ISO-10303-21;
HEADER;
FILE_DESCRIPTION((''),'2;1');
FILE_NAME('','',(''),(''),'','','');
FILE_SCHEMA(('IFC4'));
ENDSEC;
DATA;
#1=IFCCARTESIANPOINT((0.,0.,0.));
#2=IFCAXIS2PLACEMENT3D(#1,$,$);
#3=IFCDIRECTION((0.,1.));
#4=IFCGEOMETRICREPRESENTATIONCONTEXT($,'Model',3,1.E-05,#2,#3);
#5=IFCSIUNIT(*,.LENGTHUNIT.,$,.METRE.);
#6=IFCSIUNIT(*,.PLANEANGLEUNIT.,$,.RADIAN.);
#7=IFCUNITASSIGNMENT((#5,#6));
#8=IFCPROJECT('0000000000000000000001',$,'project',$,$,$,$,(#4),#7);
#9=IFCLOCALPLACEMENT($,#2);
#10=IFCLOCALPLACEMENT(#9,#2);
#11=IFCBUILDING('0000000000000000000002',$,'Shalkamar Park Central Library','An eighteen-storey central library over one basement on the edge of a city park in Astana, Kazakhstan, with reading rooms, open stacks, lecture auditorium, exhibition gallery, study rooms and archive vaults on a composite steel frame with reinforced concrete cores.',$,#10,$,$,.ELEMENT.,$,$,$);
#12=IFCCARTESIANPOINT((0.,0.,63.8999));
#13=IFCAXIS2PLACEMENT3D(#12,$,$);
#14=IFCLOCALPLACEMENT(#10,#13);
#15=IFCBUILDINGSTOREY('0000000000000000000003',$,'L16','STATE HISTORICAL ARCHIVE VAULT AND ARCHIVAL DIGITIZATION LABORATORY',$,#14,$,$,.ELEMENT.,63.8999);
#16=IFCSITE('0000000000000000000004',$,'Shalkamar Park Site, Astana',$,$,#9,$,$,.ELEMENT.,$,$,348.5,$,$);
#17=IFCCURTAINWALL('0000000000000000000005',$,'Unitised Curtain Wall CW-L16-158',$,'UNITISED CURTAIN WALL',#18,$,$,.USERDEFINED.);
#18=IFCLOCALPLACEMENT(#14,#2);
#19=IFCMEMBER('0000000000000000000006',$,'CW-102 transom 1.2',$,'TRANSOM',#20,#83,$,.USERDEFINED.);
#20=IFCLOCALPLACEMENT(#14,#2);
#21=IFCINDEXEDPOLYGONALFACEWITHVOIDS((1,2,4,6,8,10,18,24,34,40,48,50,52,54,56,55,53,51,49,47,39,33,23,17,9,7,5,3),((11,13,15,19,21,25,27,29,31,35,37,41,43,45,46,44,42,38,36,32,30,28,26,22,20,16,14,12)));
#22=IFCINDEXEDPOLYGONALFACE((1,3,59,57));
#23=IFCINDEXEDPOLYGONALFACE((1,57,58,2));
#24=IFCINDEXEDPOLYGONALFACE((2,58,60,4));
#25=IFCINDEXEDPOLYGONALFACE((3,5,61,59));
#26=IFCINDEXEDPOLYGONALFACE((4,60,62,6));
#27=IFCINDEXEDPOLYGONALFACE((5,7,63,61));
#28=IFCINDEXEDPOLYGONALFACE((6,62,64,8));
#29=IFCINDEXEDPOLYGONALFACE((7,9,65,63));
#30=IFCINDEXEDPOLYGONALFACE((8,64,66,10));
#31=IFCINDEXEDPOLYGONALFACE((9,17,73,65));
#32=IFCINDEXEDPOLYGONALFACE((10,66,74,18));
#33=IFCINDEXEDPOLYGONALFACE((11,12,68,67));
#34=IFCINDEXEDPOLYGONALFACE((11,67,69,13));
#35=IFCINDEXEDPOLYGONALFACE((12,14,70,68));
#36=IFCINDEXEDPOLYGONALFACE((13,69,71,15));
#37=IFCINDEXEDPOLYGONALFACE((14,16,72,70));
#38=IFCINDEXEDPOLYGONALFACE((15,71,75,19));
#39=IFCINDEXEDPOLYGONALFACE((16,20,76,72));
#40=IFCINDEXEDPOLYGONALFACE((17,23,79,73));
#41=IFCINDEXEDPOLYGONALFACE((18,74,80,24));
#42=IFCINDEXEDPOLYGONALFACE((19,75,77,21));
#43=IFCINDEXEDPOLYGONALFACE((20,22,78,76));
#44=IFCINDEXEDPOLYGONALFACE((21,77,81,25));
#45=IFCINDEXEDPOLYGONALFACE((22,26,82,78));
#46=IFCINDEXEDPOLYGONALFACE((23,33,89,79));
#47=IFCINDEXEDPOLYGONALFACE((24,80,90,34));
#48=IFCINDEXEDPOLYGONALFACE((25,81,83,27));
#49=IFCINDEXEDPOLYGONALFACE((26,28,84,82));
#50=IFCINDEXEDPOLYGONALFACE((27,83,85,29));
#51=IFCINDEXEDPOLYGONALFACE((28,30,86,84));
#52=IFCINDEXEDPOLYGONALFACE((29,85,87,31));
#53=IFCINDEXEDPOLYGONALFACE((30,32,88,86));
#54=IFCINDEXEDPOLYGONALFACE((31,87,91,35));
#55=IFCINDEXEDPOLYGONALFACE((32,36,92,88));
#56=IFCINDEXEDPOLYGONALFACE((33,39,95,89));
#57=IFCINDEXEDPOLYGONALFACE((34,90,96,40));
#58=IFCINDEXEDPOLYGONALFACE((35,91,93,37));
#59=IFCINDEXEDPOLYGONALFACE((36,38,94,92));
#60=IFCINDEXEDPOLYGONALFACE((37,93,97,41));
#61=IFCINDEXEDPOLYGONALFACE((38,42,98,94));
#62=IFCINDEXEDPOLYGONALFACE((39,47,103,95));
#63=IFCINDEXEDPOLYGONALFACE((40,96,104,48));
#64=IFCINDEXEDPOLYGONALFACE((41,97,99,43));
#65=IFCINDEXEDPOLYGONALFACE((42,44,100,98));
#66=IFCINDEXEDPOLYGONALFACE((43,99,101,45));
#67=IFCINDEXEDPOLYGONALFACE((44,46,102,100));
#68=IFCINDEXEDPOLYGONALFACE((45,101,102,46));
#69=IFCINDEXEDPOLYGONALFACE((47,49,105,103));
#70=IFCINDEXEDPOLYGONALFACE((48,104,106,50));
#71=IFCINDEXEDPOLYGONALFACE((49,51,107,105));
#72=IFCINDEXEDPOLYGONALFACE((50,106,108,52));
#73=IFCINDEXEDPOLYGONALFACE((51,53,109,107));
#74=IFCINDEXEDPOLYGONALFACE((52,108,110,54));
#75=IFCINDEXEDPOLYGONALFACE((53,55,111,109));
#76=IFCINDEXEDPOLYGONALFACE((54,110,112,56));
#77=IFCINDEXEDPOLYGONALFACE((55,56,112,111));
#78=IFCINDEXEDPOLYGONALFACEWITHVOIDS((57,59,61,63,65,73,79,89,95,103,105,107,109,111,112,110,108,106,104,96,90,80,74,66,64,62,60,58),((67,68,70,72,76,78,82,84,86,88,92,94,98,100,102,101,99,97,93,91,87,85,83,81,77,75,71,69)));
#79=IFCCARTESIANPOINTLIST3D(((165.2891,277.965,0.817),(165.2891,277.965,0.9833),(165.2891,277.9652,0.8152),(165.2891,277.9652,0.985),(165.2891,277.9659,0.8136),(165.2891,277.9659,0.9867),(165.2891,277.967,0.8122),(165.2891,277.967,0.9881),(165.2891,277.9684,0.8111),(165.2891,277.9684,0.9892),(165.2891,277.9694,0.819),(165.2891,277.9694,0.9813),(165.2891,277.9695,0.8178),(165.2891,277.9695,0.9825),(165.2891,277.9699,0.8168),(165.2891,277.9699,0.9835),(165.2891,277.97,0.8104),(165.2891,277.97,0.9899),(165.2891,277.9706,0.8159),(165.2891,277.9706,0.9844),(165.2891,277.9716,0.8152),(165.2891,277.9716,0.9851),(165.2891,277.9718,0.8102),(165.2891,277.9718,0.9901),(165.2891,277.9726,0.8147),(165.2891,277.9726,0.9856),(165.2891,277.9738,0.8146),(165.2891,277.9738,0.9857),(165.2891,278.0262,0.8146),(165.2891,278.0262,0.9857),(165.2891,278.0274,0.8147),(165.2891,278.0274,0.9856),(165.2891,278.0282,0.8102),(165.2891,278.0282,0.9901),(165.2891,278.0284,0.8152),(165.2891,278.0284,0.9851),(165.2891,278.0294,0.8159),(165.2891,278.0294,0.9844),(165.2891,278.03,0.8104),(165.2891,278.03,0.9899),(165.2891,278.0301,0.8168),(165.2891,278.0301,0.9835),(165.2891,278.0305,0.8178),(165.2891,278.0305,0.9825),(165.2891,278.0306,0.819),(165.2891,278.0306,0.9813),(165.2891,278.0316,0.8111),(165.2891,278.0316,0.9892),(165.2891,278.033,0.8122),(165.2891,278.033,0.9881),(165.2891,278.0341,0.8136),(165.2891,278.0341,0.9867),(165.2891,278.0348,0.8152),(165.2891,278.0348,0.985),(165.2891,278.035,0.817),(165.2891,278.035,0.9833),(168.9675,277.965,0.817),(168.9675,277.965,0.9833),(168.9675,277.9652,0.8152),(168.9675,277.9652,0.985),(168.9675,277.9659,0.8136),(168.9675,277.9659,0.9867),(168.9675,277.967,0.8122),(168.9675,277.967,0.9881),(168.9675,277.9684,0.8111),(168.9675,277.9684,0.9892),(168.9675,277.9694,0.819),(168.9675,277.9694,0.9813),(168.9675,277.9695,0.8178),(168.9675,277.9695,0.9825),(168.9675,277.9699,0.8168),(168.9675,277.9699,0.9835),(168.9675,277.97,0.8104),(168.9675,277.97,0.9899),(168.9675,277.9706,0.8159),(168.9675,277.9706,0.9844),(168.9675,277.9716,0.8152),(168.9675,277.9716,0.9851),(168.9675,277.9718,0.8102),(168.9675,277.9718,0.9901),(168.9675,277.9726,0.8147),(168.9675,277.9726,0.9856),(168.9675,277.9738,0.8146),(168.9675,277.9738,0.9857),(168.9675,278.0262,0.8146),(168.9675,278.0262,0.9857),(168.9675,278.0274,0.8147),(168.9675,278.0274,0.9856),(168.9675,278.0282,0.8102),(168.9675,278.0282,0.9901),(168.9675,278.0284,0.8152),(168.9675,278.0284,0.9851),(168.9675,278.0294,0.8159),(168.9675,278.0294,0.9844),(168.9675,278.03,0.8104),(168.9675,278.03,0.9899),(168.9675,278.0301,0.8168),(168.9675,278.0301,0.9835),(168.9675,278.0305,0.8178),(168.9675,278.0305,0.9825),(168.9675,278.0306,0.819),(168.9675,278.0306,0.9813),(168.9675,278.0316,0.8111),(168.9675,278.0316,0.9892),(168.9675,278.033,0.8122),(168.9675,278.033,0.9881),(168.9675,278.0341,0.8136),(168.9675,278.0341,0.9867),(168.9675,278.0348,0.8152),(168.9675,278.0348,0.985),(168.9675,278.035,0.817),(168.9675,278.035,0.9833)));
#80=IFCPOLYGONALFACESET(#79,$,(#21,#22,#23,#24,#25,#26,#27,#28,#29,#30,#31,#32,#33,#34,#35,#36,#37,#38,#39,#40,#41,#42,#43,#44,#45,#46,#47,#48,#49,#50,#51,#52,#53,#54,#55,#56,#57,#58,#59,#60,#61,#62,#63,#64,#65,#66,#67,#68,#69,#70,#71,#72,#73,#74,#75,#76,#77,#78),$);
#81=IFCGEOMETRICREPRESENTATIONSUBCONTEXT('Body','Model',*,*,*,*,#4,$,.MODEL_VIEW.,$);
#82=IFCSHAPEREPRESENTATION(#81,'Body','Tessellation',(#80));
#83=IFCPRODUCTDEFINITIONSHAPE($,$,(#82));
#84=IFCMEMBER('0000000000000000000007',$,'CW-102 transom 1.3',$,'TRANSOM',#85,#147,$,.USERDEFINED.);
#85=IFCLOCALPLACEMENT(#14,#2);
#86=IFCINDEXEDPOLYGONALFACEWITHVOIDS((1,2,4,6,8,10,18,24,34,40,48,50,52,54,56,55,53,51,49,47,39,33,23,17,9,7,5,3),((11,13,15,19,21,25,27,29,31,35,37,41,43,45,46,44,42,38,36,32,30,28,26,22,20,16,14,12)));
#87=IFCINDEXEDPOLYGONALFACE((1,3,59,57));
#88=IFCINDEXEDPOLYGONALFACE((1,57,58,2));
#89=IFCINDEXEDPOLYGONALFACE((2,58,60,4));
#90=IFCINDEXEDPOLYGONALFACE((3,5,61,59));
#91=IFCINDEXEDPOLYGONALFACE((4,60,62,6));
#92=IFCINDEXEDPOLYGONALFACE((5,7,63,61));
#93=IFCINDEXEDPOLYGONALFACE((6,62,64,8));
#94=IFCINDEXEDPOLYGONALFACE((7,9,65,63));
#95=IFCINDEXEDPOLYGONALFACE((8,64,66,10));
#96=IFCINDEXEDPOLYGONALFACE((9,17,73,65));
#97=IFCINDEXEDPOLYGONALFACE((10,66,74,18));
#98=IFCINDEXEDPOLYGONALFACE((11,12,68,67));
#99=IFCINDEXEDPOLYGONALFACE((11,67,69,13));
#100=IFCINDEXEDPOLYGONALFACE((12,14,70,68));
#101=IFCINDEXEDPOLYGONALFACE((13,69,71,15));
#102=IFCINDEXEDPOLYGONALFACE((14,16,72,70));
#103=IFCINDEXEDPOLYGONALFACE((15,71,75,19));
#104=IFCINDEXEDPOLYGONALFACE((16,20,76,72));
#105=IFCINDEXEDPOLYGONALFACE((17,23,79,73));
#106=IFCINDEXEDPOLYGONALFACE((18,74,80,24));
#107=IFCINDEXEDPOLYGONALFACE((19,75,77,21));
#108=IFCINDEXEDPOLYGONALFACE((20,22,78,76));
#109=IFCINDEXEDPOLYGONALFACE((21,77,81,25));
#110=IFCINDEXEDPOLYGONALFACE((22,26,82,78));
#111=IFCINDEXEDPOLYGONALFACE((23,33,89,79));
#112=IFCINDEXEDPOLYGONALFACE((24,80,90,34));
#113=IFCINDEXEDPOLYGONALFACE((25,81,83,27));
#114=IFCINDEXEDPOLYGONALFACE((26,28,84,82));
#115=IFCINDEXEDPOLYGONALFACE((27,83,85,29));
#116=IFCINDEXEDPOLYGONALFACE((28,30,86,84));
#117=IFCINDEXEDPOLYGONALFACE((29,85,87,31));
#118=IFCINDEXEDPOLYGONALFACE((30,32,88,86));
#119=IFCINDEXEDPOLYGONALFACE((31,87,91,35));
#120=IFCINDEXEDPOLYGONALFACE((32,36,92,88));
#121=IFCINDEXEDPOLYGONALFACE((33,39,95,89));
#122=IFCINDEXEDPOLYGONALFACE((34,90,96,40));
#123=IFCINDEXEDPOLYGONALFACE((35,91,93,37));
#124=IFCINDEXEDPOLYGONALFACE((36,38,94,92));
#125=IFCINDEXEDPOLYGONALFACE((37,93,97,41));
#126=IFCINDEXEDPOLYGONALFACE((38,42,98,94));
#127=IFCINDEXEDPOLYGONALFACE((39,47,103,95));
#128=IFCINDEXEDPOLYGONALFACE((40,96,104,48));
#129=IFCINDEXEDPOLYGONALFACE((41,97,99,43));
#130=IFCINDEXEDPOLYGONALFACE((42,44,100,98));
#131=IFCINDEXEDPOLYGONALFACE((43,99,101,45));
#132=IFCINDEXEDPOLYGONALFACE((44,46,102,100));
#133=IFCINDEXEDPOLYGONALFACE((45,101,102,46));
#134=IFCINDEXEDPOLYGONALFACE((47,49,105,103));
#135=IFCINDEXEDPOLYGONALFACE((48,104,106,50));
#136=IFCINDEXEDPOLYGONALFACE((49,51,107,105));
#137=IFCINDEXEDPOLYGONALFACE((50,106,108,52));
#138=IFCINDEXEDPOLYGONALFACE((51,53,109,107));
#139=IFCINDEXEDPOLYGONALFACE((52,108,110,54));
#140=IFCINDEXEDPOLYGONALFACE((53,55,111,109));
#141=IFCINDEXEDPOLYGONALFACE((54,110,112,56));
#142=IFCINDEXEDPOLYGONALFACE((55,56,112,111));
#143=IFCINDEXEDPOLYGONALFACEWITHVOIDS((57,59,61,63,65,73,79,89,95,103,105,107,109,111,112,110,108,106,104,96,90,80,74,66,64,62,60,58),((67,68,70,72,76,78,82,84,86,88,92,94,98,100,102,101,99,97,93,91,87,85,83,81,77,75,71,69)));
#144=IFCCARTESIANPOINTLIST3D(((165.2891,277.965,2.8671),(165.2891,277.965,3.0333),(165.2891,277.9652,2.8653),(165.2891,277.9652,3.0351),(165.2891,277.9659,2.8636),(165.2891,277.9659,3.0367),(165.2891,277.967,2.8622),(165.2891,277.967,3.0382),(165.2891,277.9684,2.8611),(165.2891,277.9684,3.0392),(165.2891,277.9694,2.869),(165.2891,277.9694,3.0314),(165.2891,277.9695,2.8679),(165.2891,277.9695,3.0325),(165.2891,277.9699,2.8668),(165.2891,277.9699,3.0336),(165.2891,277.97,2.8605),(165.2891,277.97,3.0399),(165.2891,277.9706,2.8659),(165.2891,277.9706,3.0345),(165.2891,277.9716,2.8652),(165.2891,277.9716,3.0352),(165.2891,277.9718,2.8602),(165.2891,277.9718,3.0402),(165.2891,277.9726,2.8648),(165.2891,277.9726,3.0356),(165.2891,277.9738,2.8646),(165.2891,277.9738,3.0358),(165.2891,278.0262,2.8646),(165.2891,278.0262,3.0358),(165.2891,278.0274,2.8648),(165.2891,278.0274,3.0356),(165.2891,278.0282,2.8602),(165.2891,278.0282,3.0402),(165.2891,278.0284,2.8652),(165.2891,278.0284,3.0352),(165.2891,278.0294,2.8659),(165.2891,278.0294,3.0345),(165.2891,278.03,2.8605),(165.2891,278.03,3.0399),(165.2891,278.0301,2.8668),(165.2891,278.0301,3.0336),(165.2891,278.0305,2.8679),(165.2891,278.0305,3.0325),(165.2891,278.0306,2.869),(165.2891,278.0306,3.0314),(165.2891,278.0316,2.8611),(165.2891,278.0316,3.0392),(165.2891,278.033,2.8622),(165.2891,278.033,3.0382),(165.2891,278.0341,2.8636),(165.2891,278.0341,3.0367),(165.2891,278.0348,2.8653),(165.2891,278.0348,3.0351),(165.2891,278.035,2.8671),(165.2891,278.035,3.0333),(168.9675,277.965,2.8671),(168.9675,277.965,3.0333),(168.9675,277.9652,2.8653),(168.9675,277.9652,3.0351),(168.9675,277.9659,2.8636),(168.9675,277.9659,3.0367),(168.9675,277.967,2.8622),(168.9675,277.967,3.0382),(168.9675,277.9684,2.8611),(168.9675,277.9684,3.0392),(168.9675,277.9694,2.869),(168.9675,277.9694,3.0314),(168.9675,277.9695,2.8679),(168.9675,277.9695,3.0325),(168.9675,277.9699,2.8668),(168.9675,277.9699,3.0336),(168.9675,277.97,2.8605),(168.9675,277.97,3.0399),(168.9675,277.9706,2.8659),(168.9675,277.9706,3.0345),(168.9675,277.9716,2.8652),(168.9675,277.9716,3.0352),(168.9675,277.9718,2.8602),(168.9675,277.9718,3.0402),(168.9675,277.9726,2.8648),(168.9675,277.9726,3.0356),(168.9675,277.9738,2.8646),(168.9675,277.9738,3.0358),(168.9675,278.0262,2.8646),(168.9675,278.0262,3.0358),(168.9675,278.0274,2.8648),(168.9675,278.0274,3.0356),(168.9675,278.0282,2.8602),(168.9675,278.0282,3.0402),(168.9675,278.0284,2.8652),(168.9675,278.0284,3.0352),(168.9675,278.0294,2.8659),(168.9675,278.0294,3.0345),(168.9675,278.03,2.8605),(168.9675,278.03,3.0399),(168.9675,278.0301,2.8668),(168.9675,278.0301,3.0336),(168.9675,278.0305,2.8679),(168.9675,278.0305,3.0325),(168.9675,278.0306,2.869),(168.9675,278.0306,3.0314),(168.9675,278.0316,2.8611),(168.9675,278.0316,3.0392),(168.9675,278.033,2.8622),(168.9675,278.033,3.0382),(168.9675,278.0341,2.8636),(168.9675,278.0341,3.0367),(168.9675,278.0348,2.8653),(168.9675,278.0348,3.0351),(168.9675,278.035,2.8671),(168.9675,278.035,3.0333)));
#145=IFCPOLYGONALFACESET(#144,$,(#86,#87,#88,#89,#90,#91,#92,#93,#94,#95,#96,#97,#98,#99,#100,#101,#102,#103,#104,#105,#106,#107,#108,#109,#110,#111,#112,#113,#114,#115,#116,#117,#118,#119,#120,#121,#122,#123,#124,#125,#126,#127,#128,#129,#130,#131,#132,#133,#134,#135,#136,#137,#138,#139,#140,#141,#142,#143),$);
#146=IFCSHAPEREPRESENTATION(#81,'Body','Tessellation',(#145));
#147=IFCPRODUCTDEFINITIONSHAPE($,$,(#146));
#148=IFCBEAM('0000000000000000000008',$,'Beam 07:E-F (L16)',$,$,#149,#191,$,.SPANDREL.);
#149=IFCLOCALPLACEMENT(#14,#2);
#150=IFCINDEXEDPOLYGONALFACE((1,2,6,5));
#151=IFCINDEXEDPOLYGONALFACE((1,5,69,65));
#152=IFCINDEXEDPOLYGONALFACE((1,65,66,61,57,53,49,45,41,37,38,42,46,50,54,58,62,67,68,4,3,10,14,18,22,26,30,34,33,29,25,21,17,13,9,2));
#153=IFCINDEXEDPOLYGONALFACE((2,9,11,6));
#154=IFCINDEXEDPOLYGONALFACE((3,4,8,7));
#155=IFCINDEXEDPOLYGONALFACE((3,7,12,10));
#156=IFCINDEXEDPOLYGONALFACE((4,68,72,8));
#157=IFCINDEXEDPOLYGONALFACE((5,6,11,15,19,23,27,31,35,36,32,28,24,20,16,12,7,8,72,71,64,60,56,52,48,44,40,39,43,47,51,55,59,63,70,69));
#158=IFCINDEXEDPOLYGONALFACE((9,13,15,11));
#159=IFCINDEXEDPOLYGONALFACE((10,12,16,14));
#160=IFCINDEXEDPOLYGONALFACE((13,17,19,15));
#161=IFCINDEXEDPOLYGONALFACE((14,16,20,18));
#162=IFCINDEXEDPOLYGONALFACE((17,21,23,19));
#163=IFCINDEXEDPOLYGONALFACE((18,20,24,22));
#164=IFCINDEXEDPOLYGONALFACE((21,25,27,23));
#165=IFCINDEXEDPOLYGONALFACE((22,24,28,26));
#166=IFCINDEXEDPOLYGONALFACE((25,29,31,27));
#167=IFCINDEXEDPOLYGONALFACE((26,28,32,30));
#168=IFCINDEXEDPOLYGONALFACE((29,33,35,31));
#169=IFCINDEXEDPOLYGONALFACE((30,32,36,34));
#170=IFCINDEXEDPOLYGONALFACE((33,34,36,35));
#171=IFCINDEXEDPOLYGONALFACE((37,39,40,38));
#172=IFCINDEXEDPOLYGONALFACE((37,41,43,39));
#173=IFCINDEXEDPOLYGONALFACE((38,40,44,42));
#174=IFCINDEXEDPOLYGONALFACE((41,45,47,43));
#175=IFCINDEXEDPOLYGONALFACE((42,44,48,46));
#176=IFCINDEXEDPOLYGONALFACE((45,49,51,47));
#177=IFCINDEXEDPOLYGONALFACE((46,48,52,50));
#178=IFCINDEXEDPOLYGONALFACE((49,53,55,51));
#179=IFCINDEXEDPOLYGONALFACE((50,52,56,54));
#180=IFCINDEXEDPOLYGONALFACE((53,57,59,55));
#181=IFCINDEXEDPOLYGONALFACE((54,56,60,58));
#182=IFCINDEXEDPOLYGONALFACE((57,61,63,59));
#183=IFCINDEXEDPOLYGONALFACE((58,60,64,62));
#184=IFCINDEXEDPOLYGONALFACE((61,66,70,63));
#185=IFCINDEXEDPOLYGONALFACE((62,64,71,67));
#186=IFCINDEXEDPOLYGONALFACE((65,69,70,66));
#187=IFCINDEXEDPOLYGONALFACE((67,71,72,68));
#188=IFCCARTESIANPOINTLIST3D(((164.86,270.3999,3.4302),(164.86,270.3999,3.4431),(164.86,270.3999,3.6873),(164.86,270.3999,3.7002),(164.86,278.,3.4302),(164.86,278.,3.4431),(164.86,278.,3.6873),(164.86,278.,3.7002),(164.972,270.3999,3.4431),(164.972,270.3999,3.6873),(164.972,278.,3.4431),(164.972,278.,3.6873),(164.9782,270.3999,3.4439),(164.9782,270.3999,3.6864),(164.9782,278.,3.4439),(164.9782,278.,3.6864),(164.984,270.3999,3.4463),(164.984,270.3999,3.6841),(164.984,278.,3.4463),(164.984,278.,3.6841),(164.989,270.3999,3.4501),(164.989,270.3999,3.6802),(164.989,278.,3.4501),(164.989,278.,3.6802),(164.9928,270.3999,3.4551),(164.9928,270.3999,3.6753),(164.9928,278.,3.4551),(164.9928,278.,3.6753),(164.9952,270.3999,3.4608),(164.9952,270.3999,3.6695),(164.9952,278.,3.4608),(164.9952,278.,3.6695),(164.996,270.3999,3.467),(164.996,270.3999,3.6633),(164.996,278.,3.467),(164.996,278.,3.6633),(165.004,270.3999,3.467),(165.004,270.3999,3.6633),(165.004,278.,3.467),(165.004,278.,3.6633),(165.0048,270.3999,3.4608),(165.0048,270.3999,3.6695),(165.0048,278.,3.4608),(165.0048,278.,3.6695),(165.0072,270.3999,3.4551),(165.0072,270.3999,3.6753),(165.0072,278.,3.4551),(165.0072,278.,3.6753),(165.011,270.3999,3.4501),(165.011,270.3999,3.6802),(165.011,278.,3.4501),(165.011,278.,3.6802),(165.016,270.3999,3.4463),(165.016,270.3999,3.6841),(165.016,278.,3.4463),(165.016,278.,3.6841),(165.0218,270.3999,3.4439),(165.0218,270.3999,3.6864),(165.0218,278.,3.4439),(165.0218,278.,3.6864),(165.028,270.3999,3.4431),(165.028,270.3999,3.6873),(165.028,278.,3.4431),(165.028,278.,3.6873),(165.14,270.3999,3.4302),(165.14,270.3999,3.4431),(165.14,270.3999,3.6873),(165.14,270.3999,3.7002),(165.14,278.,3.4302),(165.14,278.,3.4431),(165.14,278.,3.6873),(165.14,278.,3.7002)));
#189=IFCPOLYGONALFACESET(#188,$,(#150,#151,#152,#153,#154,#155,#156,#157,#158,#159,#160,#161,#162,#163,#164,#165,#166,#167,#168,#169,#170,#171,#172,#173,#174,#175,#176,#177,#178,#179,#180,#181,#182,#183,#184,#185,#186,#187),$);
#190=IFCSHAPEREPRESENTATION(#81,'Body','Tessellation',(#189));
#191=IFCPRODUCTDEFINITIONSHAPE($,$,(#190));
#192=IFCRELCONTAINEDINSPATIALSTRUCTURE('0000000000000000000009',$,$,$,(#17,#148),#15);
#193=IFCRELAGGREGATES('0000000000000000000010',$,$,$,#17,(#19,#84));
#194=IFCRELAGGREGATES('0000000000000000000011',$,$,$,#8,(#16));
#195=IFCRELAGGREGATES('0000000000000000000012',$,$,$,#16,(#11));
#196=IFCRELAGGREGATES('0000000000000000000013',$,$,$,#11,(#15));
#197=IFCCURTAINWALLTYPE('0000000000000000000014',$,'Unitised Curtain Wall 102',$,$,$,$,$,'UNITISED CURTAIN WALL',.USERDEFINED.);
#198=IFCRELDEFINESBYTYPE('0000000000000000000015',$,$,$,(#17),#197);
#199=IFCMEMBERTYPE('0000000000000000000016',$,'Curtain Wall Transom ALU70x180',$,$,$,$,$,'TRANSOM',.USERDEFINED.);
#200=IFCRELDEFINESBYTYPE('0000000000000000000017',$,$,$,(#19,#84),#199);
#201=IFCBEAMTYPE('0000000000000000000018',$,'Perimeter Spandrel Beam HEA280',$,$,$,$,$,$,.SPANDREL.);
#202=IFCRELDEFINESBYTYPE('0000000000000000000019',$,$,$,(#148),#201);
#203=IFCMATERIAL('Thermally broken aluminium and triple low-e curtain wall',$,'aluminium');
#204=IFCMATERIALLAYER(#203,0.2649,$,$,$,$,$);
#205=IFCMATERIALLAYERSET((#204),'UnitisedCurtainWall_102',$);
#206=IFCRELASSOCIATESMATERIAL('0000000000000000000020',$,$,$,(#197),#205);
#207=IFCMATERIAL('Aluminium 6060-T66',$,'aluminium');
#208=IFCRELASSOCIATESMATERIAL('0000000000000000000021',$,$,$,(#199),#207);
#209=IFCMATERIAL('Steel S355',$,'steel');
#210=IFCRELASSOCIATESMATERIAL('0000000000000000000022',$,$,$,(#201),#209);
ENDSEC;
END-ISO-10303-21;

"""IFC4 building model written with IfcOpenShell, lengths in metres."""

from ifc_helpers import new_model, si_unit, direction, frame, origin, origin_2d, place, context, subcontext, project, spatial, hollow_rectangle, i_section, extrude, material, layer, layer_set, material_profile, profile_set, type_object, element, aggregate, save


model = new_model("IFC4")

# Units and contexts
model_context = context("Model", 3, precision=1e-05, world=origin(), true_north=direction((0.0, 1.0)))
body_context = subcontext(model_context, "Body", "Model", "MODEL_VIEW")
ifc_project = project(units=[si_unit("LENGTHUNIT", "METRE"), si_unit("PLANEANGLEUNIT", "RADIAN")], contexts=[model_context])

# Site, building, storey
site_placement = place(None, origin())
site = spatial("IfcSite", under=ifc_project, at=site_placement, Name="Shalkamar Park Site, Astana", CompositionType="ELEMENT", RefElevation=348.5)
building_placement = place(site_placement, origin())
building = spatial("IfcBuilding", under=site, at=building_placement, Name="Shalkamar Park Central Library", Description="An eighteen-storey central library over one basement on the edge of a city park in Astana, Kazakhstan, with reading rooms, open stacks, lecture auditorium, exhibition gallery, study rooms and archive vaults on a composite steel frame with reinforced concrete cores.", CompositionType="ELEMENT")
storey_placement = place(building_placement, frame((0.0, 0.0, 63.8999)))
storey = spatial("IfcBuildingStorey", under=building, at=storey_placement, Name="L16", Description="STATE HISTORICAL ARCHIVE VAULT AND ARCHIVAL DIGITIZATION LABORATORY", CompositionType="ELEMENT", Elevation=63.8999)

# Shared definitions
ifc_material_1 = material(Name="Steel S355", Category="steel")

# Curtain wall, members
ifc_material_2 = material(Name="Thermally broken aluminium and triple low-e curtain wall", Category="aluminium")
ifc_layer_1 = layer(ifc_material_2, 0.2649)
ifc_layer_set_1 = layer_set([ifc_layer_1], Name="UnitisedCurtainWall_102")
curtain_wall_type = type_object("IfcCurtainWallType", Name="Unitised Curtain Wall 102", ElementType="UNITISED CURTAIN WALL", PredefinedType="USERDEFINED", material=ifc_layer_set_1)
curtain_wall_placement = place(storey_placement, origin())
curtain_wall = element("IfcCurtainWall", 1, at=curtain_wall_placement, inside=storey, type_object=curtain_wall_type, Name="Unitised Curtain Wall CW-L16-158", ObjectType="UNITISED CURTAIN WALL", PredefinedType="USERDEFINED")
ifc_material_3 = material(Name="Aluminium 6060-T66", Category="aluminium")
ifc_material_profile_1 = material_profile(ifc_material_3, hollow_rectangle(XDim=0.0701, YDim=0.1799, WallThickness=0.0044, InnerFilletRadius=0.0044, OuterFilletRadius=0.0068, at=origin_2d()), Name="ALU 70x180x4.5")
ifc_profile_set_1 = profile_set([ifc_material_profile_1], Name="Aluminium 6060-T66")
member_type_1 = type_object("IfcMemberType", Name="Curtain Wall Transom ALU70x180", ElementType="TRANSOM", PredefinedType="USERDEFINED", material=ifc_profile_set_1)
member_1_placement = place(storey_placement, frame((165.2891, 278.0, 0.9001), z_axis=(1.0, 0.0, 0.0), x_axis=(0.0, 1.0, 0.0)))
member_1 = element("IfcMember", 2, at=member_1_placement, type_object=member_type_1, Name="CW-102 transom 1.2", ObjectType="TRANSOM", PredefinedType="USERDEFINED", context=body_context, shape_type="SweptSolid", body=[
    extrude(hollow_rectangle(XDim=0.0701, YDim=0.1799, WallThickness=0.0044, InnerFilletRadius=0.0044, OuterFilletRadius=0.0068, at=origin_2d()), origin(), (0.0, 0.0, 1.0), 3.6785),
])
member_2_placement = place(storey_placement, frame((165.2891, 278.0, 2.9502), z_axis=(1.0, 0.0, 0.0), x_axis=(0.0, 1.0, 0.0)))
member_2 = element("IfcMember", 3, at=member_2_placement, type_object=member_type_1, Name="CW-102 transom 1.3", ObjectType="TRANSOM", PredefinedType="USERDEFINED", context=body_context, shape_type="SweptSolid", body=[
    extrude(hollow_rectangle(XDim=0.0701, YDim=0.1799, WallThickness=0.0044, InnerFilletRadius=0.0044, OuterFilletRadius=0.0068, at=origin_2d()), origin(), (0.0, 0.0, 1.0), 3.6785),
])
aggregate(curtain_wall, [member_1, member_2])

# Beam
ifc_material_profile_2 = material_profile(ifc_material_1, i_section(OverallWidth=0.28, OverallDepth=0.27, WebThickness=0.0081, FlangeThickness=0.0129, FilletRadius=0.0239, at=origin_2d()), Name="HEA 280")
ifc_profile_set_2 = profile_set([ifc_material_profile_2], Name="Steel S355")
beam_type_1 = type_object("IfcBeamType", Name="Perimeter Spandrel Beam HEA280", PredefinedType="SPANDREL", material=ifc_profile_set_2)
beam_1_placement = place(storey_placement, frame((165.0, 270.3999, 3.5652), z_axis=(0.0, 1.0, 0.0), x_axis=(-1.0, 0.0, 0.0)))
element("IfcBeam", 4, at=beam_1_placement, inside=storey, type_object=beam_type_1, Name="Beam 07:E-F (L16)", PredefinedType="SPANDREL", context=body_context, shape_type="SweptSolid", body=[
    extrude(i_section(OverallWidth=0.28, OverallDepth=0.27, WebThickness=0.0081, FlangeThickness=0.0129, FilletRadius=0.0239, at=origin_2d()), origin(), (0.0, 0.0, 1.0), 7.6001),
])

save(model, "model.ifc")
